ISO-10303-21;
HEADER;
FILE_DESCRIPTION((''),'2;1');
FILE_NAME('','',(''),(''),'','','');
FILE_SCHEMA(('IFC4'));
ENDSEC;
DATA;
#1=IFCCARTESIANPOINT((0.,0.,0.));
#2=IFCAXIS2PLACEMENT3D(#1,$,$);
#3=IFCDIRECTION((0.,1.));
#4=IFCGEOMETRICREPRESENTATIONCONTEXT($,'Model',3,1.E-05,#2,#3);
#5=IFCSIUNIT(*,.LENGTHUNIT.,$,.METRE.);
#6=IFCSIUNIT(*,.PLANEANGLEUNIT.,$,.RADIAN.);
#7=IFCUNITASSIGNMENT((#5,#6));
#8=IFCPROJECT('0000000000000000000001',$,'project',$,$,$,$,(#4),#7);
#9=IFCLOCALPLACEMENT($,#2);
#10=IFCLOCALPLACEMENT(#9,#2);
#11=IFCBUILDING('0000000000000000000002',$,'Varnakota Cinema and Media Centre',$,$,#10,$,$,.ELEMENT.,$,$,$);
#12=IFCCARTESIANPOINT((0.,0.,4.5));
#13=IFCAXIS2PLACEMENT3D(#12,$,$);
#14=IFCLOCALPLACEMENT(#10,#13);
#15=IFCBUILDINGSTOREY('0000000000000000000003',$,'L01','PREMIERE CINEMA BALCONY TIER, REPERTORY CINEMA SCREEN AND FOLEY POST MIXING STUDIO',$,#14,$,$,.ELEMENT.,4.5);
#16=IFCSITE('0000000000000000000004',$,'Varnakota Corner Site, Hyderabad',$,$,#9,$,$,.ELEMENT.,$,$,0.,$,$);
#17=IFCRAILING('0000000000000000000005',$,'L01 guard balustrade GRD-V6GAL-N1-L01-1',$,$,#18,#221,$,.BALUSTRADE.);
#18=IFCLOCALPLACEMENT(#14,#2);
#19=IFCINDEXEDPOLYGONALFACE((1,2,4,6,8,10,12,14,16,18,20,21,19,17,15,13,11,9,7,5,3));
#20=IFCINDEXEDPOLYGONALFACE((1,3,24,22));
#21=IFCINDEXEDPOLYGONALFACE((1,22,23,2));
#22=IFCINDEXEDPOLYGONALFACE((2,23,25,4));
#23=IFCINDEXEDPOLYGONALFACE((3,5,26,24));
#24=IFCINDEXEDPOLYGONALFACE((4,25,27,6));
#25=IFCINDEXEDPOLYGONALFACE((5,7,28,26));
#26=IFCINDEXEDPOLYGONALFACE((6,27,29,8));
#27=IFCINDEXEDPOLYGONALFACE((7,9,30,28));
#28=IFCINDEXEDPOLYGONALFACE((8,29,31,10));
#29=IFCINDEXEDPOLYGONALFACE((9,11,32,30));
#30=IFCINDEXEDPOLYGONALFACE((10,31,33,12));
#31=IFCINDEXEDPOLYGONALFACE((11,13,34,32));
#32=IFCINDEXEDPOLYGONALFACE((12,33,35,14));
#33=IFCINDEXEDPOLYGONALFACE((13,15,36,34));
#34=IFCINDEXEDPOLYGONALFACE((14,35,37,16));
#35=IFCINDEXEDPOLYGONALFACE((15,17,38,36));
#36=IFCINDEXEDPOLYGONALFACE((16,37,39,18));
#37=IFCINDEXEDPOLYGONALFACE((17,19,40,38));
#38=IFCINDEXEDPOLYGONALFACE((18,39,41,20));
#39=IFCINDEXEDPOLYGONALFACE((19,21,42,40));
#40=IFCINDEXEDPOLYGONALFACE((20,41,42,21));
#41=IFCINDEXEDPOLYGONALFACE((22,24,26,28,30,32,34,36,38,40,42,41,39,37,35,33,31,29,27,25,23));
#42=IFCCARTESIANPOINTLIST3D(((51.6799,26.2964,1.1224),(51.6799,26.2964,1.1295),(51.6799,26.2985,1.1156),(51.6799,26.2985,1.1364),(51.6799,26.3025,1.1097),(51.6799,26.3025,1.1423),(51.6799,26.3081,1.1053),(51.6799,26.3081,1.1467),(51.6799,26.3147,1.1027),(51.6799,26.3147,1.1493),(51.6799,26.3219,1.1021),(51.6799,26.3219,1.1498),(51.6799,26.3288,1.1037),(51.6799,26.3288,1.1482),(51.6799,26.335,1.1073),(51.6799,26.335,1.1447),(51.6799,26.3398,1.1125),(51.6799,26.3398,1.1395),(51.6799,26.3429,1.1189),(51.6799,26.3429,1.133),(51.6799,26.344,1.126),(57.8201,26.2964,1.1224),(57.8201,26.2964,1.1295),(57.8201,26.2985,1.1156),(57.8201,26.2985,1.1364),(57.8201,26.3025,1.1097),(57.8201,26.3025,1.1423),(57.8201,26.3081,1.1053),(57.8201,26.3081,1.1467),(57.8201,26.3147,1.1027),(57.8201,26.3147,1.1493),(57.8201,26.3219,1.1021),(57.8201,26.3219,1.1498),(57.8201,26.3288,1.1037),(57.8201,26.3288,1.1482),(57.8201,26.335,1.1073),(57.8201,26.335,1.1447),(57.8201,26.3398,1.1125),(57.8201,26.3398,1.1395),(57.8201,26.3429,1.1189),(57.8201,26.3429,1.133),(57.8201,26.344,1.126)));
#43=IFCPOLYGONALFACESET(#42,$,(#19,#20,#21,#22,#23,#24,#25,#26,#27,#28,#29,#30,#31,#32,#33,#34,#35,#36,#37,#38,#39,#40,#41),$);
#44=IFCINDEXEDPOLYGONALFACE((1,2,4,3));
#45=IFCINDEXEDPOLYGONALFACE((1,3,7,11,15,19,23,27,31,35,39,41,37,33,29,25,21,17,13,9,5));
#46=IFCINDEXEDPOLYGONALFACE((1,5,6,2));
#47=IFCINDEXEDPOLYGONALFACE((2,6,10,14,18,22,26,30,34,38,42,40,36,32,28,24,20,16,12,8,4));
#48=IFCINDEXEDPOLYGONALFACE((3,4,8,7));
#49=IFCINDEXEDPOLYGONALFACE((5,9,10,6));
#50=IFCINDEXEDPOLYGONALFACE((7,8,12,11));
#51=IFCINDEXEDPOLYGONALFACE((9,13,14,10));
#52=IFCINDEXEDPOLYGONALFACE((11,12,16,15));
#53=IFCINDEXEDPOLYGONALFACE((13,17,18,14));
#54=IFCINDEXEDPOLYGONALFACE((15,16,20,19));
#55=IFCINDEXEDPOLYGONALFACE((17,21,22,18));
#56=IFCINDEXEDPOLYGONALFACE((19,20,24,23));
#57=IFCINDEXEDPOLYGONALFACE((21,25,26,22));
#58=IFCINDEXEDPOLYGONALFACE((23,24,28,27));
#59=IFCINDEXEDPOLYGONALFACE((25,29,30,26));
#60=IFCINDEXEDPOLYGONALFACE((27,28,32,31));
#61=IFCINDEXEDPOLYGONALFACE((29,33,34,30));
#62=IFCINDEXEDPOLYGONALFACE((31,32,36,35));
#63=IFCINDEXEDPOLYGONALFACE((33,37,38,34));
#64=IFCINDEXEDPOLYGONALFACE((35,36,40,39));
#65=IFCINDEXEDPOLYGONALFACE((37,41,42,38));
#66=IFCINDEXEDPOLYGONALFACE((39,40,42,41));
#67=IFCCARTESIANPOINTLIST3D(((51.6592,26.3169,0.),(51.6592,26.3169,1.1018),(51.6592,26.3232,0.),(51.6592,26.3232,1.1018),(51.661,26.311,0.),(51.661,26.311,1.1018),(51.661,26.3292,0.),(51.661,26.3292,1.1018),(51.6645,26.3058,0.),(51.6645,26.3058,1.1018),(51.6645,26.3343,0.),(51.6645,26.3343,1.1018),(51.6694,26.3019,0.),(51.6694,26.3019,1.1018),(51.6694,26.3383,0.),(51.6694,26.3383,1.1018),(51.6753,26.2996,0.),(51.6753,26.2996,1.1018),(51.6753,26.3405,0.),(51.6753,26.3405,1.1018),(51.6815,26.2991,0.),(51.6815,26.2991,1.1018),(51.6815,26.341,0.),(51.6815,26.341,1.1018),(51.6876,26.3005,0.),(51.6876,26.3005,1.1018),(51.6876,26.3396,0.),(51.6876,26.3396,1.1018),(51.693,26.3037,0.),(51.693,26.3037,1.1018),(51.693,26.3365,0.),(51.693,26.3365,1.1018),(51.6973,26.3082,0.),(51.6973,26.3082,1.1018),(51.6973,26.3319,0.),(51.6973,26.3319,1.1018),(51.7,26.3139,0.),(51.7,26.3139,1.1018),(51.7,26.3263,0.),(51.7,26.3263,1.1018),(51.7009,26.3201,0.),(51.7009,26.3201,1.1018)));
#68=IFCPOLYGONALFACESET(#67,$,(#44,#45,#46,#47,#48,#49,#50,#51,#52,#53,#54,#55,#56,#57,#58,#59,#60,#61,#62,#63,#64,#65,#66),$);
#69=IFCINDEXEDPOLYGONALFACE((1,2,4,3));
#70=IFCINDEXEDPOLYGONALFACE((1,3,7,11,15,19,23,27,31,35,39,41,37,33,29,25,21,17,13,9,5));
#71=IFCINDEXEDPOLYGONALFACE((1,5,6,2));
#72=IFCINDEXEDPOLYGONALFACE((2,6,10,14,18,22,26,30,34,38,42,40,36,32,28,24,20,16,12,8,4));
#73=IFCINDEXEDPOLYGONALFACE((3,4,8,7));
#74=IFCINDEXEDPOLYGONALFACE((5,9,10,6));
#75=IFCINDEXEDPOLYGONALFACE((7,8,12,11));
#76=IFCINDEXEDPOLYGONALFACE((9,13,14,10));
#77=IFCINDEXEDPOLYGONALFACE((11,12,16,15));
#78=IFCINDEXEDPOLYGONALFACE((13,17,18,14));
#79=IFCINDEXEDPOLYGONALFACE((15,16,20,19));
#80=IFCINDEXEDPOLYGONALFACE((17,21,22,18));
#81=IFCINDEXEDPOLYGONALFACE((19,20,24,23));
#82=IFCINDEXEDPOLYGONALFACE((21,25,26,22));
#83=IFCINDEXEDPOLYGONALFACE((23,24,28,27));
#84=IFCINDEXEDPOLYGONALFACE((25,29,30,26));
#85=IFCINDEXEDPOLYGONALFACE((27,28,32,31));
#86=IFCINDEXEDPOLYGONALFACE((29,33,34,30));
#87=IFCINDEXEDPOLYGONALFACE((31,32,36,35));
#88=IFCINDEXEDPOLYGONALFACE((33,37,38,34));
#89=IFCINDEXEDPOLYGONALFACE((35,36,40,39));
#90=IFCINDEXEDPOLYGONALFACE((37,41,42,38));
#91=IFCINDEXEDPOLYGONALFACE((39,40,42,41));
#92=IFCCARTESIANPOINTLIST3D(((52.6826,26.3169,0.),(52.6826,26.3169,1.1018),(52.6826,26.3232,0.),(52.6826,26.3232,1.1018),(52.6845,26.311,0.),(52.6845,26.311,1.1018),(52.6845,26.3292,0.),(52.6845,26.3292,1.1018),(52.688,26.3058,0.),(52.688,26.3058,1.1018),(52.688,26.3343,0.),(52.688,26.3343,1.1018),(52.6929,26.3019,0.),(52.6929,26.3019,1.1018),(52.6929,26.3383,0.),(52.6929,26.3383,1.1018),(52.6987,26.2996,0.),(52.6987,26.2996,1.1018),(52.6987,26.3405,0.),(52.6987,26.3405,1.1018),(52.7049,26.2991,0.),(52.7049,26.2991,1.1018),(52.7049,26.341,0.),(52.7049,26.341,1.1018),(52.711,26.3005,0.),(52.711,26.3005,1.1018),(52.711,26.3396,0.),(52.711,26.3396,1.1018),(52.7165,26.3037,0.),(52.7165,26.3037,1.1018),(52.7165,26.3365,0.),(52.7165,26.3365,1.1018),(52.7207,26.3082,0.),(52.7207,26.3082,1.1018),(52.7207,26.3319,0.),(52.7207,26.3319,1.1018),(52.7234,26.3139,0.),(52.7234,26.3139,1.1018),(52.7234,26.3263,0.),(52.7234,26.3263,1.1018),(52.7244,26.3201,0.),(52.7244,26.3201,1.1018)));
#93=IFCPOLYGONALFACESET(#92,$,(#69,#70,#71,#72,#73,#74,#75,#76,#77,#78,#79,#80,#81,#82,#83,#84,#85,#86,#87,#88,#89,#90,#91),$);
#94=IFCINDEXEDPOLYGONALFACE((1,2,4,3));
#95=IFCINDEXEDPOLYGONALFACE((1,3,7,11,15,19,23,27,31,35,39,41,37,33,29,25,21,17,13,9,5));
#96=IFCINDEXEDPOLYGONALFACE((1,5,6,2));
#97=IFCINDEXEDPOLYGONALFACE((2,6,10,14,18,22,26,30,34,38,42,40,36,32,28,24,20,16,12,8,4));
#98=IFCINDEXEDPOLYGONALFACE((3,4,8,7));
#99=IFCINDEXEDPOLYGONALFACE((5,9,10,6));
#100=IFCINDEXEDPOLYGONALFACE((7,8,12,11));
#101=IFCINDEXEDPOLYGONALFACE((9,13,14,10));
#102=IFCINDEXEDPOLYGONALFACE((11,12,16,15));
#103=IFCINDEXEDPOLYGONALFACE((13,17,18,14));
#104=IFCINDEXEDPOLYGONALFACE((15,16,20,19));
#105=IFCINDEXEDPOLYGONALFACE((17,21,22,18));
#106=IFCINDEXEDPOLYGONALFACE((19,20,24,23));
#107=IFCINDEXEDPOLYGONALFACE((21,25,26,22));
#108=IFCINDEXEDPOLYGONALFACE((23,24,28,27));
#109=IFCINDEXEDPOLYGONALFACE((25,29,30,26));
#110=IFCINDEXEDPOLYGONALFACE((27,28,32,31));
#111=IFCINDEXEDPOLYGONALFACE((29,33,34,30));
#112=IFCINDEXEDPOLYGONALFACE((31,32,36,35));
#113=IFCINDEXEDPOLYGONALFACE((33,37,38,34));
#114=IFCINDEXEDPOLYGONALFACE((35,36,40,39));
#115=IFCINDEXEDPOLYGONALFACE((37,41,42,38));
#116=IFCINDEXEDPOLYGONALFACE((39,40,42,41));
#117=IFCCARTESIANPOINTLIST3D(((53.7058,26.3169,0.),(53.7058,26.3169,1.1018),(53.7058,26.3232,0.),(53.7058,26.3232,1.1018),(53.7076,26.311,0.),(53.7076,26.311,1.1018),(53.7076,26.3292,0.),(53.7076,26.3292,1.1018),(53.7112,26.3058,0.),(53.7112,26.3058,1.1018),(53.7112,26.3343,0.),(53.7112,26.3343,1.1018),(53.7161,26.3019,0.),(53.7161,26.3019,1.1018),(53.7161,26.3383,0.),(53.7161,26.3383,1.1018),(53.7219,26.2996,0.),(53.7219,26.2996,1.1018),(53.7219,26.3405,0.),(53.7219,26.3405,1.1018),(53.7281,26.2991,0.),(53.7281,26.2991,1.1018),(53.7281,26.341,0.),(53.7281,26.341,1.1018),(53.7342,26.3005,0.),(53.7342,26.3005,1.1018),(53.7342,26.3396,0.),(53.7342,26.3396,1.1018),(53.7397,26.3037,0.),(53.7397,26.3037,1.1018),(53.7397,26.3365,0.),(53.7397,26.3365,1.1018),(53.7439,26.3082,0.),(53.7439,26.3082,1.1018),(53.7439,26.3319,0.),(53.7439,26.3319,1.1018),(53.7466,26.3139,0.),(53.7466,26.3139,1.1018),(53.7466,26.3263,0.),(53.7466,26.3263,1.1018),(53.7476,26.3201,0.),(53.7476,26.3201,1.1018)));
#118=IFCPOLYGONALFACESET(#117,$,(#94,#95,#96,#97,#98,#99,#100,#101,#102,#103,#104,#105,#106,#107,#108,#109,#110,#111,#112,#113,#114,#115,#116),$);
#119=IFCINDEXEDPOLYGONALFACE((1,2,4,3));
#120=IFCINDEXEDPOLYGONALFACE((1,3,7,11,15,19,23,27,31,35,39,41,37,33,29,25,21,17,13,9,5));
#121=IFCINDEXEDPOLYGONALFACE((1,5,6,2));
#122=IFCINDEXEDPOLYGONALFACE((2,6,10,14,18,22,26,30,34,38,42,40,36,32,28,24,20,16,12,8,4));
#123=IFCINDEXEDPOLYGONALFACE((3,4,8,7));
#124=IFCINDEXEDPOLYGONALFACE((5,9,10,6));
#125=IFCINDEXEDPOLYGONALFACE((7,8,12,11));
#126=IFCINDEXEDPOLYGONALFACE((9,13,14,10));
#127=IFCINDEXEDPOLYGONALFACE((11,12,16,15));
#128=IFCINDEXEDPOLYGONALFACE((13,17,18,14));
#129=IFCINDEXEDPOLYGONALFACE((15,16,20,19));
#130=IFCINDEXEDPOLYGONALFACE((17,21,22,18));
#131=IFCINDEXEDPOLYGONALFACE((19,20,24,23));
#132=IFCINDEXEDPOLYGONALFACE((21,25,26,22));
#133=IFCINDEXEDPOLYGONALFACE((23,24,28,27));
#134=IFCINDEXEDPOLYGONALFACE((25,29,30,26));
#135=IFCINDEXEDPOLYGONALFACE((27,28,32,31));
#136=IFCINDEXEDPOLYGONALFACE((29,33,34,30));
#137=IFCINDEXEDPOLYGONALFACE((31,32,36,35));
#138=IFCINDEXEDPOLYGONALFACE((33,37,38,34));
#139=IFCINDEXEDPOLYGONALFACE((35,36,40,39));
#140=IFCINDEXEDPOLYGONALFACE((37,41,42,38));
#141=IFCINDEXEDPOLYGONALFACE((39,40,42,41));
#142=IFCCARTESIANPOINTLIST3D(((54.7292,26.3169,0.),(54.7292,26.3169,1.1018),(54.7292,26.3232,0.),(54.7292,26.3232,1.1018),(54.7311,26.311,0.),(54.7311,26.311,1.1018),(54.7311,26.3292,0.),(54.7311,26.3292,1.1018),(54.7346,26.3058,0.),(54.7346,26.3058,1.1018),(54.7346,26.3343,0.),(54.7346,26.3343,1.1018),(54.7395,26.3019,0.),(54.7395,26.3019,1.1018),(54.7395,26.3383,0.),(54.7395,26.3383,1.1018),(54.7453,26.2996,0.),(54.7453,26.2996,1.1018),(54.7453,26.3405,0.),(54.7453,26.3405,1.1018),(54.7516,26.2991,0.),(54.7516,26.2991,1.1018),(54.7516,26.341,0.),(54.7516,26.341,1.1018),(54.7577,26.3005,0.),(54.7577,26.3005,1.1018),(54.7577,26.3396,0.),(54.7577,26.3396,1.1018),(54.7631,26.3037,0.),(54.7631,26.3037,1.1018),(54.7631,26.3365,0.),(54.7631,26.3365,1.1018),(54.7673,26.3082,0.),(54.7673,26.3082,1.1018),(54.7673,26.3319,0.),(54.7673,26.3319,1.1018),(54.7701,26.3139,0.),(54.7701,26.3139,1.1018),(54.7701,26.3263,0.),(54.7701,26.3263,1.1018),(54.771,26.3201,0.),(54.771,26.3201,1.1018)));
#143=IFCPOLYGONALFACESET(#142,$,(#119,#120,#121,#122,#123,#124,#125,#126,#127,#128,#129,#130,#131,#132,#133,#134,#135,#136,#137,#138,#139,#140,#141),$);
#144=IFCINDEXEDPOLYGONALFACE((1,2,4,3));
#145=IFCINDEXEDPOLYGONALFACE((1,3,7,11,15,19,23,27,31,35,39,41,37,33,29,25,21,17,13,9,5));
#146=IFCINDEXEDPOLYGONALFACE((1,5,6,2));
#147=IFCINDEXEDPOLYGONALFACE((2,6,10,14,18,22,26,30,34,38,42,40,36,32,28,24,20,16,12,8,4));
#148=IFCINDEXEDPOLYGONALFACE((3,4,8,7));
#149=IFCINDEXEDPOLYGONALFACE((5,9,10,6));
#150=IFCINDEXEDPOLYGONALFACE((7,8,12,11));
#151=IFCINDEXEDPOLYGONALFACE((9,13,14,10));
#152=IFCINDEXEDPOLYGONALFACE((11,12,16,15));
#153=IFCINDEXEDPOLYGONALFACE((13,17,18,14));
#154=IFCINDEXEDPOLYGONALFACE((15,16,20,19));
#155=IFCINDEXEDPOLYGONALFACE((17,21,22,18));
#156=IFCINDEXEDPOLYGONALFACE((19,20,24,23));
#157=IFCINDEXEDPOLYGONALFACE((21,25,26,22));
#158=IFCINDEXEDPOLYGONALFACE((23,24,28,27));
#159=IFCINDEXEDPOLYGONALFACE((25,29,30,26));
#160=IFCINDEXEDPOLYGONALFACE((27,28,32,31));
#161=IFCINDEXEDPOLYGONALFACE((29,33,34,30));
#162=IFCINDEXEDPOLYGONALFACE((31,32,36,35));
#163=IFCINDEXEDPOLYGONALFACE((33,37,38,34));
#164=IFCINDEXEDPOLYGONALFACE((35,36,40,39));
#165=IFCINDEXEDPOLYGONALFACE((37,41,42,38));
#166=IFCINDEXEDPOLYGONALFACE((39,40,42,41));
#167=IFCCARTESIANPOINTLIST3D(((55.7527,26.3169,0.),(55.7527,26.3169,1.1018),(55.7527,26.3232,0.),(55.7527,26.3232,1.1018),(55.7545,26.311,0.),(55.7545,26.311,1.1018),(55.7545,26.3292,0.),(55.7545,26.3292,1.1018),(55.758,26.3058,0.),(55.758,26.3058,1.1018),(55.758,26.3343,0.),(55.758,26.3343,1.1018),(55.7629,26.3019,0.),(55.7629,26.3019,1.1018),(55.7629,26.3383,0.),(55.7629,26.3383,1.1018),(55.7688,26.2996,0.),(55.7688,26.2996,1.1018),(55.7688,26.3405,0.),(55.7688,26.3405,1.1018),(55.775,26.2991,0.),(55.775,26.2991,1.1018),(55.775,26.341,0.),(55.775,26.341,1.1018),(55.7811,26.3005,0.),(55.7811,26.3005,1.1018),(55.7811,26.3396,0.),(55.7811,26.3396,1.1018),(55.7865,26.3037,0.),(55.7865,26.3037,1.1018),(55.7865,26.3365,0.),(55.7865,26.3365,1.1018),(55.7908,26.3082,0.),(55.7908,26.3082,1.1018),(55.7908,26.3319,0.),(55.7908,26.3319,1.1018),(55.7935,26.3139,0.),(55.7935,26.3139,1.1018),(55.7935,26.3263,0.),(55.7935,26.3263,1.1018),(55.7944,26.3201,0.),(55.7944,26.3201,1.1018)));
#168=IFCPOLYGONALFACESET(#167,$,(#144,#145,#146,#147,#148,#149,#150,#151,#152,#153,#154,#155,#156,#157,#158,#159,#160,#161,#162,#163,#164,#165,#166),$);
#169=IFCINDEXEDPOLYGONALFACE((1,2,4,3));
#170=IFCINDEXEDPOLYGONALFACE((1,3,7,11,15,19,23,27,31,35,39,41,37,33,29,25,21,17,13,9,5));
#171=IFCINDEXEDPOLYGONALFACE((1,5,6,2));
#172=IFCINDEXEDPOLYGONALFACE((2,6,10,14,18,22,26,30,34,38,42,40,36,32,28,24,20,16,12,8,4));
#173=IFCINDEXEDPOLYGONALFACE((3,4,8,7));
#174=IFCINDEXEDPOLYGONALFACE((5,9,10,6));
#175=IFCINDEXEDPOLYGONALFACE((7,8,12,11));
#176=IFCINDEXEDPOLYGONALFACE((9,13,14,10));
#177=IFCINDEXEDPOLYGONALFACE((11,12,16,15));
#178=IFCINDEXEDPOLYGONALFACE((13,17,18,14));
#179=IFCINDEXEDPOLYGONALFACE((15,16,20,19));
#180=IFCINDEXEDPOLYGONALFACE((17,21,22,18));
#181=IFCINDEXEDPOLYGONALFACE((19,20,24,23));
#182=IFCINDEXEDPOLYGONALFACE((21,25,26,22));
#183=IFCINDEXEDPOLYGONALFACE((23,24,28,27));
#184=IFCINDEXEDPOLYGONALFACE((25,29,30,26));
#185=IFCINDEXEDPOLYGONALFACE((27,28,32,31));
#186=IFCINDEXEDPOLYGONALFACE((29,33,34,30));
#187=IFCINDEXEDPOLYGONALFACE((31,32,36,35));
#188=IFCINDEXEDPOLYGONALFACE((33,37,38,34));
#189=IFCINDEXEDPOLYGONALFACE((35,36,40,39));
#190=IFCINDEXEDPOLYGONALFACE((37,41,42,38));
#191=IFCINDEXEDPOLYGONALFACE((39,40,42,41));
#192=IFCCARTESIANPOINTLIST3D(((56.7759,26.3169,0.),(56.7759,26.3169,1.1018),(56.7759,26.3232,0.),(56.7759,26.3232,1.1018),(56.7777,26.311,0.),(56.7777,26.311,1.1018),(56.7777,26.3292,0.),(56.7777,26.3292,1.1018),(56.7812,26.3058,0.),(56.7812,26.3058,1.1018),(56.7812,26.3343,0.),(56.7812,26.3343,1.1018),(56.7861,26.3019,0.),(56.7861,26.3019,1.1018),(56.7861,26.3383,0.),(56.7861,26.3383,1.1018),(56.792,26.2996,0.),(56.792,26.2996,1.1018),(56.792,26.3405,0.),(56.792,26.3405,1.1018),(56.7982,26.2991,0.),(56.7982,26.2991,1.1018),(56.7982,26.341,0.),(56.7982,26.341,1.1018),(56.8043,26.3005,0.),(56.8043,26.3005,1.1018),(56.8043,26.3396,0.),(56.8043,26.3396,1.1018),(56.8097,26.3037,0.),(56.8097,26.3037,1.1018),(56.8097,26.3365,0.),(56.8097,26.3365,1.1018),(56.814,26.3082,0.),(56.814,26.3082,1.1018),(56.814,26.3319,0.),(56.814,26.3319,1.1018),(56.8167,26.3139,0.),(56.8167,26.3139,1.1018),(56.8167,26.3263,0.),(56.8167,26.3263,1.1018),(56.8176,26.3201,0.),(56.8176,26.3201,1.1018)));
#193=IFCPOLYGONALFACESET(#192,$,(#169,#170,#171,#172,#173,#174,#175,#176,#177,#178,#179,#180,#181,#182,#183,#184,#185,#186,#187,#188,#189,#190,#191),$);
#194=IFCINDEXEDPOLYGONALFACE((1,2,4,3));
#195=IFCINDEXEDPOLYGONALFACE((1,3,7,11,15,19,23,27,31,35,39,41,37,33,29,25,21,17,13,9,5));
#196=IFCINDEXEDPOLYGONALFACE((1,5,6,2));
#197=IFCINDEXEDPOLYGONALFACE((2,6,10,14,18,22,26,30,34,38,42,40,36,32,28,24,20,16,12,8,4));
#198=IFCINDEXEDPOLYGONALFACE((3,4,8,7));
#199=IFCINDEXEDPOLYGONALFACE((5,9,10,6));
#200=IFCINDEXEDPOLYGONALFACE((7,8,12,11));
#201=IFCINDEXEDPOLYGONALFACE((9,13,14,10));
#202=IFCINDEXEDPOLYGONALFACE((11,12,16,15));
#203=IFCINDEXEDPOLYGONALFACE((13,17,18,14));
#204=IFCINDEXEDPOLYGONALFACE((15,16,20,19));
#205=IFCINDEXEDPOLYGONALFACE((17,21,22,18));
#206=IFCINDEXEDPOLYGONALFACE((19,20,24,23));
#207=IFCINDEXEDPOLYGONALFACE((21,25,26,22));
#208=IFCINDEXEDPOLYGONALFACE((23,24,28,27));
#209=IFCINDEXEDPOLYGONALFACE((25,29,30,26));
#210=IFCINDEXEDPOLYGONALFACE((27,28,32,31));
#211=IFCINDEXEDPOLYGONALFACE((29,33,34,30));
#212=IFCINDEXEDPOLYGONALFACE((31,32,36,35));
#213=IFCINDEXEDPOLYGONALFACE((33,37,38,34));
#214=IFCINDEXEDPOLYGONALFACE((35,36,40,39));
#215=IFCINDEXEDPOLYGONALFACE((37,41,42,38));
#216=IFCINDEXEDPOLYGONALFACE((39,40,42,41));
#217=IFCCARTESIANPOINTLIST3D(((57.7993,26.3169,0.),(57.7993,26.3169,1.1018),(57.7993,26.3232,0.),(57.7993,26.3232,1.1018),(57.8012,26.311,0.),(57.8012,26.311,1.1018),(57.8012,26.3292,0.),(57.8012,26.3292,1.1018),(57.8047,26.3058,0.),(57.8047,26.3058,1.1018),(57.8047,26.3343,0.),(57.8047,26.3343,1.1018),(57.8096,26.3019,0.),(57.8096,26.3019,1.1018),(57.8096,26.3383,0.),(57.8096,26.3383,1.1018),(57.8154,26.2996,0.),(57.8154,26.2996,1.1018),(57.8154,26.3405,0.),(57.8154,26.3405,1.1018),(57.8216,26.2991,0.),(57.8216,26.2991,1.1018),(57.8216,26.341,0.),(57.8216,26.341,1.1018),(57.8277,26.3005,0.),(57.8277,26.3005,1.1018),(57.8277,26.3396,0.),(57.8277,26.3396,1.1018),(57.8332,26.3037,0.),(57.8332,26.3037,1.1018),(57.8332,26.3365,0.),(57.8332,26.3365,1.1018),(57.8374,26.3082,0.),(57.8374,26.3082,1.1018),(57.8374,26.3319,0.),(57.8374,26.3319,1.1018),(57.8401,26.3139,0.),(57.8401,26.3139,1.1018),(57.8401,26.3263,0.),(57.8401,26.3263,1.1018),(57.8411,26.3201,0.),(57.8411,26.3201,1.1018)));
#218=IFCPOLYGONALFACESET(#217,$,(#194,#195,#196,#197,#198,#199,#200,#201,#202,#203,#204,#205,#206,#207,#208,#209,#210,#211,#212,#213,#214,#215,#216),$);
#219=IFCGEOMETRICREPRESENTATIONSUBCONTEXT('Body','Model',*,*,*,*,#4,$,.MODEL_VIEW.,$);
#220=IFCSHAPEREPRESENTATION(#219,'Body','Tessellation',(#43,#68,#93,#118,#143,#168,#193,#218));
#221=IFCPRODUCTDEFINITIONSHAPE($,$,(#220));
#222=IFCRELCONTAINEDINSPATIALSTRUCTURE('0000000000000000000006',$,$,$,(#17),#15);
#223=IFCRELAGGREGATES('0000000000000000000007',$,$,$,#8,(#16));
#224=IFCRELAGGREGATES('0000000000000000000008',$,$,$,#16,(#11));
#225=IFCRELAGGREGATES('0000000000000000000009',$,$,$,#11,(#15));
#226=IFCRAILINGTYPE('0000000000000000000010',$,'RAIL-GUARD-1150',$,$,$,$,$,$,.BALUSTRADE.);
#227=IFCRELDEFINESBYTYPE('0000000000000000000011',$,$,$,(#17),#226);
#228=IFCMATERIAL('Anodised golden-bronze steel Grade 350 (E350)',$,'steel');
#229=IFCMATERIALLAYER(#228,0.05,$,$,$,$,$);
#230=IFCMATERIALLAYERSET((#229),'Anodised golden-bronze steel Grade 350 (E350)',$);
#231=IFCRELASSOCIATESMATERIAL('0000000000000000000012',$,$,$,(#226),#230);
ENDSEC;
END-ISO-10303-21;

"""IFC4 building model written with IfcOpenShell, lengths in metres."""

from ifc_helpers import new_model, si_unit, direction, frame, origin, origin_2d, place, context, subcontext, project, spatial, circle, extrude, material, layer, layer_set, type_object, element, save


model = new_model("IFC4")

# Units and contexts
model_context = context("Model", 3, precision=1e-05, world=origin(), true_north=direction((0.0, 1.0)))
body_context = subcontext(model_context, "Body", "Model", "MODEL_VIEW")
ifc_project = project(units=[si_unit("LENGTHUNIT", "METRE"), si_unit("PLANEANGLEUNIT", "RADIAN")], contexts=[model_context])

# Site, building, storey
site_placement = place(None, origin())
site = spatial("IfcSite", under=ifc_project, at=site_placement, Name="Varnakota Corner Site, Hyderabad", CompositionType="ELEMENT", RefElevation=0.0)
building_placement = place(site_placement, origin())
building = spatial("IfcBuilding", under=site, at=building_placement, Name="Varnakota Cinema and Media Centre", CompositionType="ELEMENT")
storey_placement = place(building_placement, frame((0.0, 0.0, 4.5)))
storey = spatial("IfcBuildingStorey", under=building, at=storey_placement, Name="L01", Description="PREMIERE CINEMA BALCONY TIER, REPERTORY CINEMA SCREEN AND FOLEY POST MIXING STUDIO", CompositionType="ELEMENT", Elevation=4.5)

# Railing
ifc_material_1 = material(Name="Anodised golden-bronze steel Grade 350 (E350)", Category="steel")
ifc_layer_1 = layer(ifc_material_1, 0.05)
ifc_layer_set_1 = layer_set([ifc_layer_1], Name="Anodised golden-bronze steel Grade 350 (E350)")
railing_type = type_object("IfcRailingType", Name="RAIL-GUARD-1150", PredefinedType="BALUSTRADE", material=ifc_layer_set_1)
railing_placement = place(storey_placement, frame((51.6799, 26.3201, 0.0)))
element("IfcRailing", 1, at=railing_placement, inside=storey, type_object=railing_type, Name="L01 guard balustrade GRD-V6GAL-N1-L01-1", PredefinedType="BALUSTRADE", context=body_context, shape_type="SweptSolid", body=[
    extrude(circle(Radius=0.0239, at=origin_2d()), frame((0.0, 0.0, 1.126), z_axis=(1.0, 0.0, 0.0), x_axis=(0.0, 1.0, 0.0)), (0.0, 0.0, 1.0), 6.1401),
    extrude(circle(Radius=0.021, at=origin_2d()), origin(), (0.0, 0.0, 1.0), 1.1018),
    extrude(circle(Radius=0.021, at=origin_2d()), frame((1.0234, 0.0, 0.0)), (0.0, 0.0, 1.0), 1.1018),
    extrude(circle(Radius=0.021, at=origin_2d()), frame((2.0466, 0.0, 0.0)), (0.0, 0.0, 1.0), 1.1018),
    extrude(circle(Radius=0.021, at=origin_2d()), frame((3.0701, 0.0, 0.0)), (0.0, 0.0, 1.0), 1.1018),
    extrude(circle(Radius=0.021, at=origin_2d()), frame((4.0935, 0.0, 0.0)), (0.0, 0.0, 1.0), 1.1018),
    extrude(circle(Radius=0.021, at=origin_2d()), frame((5.1167, 0.0, 0.0)), (0.0, 0.0, 1.0), 1.1018),
    extrude(circle(Radius=0.021, at=origin_2d()), frame((6.1401, 0.0, 0.0)), (0.0, 0.0, 1.0), 1.1018),
])

save(model, "model.ifc")
